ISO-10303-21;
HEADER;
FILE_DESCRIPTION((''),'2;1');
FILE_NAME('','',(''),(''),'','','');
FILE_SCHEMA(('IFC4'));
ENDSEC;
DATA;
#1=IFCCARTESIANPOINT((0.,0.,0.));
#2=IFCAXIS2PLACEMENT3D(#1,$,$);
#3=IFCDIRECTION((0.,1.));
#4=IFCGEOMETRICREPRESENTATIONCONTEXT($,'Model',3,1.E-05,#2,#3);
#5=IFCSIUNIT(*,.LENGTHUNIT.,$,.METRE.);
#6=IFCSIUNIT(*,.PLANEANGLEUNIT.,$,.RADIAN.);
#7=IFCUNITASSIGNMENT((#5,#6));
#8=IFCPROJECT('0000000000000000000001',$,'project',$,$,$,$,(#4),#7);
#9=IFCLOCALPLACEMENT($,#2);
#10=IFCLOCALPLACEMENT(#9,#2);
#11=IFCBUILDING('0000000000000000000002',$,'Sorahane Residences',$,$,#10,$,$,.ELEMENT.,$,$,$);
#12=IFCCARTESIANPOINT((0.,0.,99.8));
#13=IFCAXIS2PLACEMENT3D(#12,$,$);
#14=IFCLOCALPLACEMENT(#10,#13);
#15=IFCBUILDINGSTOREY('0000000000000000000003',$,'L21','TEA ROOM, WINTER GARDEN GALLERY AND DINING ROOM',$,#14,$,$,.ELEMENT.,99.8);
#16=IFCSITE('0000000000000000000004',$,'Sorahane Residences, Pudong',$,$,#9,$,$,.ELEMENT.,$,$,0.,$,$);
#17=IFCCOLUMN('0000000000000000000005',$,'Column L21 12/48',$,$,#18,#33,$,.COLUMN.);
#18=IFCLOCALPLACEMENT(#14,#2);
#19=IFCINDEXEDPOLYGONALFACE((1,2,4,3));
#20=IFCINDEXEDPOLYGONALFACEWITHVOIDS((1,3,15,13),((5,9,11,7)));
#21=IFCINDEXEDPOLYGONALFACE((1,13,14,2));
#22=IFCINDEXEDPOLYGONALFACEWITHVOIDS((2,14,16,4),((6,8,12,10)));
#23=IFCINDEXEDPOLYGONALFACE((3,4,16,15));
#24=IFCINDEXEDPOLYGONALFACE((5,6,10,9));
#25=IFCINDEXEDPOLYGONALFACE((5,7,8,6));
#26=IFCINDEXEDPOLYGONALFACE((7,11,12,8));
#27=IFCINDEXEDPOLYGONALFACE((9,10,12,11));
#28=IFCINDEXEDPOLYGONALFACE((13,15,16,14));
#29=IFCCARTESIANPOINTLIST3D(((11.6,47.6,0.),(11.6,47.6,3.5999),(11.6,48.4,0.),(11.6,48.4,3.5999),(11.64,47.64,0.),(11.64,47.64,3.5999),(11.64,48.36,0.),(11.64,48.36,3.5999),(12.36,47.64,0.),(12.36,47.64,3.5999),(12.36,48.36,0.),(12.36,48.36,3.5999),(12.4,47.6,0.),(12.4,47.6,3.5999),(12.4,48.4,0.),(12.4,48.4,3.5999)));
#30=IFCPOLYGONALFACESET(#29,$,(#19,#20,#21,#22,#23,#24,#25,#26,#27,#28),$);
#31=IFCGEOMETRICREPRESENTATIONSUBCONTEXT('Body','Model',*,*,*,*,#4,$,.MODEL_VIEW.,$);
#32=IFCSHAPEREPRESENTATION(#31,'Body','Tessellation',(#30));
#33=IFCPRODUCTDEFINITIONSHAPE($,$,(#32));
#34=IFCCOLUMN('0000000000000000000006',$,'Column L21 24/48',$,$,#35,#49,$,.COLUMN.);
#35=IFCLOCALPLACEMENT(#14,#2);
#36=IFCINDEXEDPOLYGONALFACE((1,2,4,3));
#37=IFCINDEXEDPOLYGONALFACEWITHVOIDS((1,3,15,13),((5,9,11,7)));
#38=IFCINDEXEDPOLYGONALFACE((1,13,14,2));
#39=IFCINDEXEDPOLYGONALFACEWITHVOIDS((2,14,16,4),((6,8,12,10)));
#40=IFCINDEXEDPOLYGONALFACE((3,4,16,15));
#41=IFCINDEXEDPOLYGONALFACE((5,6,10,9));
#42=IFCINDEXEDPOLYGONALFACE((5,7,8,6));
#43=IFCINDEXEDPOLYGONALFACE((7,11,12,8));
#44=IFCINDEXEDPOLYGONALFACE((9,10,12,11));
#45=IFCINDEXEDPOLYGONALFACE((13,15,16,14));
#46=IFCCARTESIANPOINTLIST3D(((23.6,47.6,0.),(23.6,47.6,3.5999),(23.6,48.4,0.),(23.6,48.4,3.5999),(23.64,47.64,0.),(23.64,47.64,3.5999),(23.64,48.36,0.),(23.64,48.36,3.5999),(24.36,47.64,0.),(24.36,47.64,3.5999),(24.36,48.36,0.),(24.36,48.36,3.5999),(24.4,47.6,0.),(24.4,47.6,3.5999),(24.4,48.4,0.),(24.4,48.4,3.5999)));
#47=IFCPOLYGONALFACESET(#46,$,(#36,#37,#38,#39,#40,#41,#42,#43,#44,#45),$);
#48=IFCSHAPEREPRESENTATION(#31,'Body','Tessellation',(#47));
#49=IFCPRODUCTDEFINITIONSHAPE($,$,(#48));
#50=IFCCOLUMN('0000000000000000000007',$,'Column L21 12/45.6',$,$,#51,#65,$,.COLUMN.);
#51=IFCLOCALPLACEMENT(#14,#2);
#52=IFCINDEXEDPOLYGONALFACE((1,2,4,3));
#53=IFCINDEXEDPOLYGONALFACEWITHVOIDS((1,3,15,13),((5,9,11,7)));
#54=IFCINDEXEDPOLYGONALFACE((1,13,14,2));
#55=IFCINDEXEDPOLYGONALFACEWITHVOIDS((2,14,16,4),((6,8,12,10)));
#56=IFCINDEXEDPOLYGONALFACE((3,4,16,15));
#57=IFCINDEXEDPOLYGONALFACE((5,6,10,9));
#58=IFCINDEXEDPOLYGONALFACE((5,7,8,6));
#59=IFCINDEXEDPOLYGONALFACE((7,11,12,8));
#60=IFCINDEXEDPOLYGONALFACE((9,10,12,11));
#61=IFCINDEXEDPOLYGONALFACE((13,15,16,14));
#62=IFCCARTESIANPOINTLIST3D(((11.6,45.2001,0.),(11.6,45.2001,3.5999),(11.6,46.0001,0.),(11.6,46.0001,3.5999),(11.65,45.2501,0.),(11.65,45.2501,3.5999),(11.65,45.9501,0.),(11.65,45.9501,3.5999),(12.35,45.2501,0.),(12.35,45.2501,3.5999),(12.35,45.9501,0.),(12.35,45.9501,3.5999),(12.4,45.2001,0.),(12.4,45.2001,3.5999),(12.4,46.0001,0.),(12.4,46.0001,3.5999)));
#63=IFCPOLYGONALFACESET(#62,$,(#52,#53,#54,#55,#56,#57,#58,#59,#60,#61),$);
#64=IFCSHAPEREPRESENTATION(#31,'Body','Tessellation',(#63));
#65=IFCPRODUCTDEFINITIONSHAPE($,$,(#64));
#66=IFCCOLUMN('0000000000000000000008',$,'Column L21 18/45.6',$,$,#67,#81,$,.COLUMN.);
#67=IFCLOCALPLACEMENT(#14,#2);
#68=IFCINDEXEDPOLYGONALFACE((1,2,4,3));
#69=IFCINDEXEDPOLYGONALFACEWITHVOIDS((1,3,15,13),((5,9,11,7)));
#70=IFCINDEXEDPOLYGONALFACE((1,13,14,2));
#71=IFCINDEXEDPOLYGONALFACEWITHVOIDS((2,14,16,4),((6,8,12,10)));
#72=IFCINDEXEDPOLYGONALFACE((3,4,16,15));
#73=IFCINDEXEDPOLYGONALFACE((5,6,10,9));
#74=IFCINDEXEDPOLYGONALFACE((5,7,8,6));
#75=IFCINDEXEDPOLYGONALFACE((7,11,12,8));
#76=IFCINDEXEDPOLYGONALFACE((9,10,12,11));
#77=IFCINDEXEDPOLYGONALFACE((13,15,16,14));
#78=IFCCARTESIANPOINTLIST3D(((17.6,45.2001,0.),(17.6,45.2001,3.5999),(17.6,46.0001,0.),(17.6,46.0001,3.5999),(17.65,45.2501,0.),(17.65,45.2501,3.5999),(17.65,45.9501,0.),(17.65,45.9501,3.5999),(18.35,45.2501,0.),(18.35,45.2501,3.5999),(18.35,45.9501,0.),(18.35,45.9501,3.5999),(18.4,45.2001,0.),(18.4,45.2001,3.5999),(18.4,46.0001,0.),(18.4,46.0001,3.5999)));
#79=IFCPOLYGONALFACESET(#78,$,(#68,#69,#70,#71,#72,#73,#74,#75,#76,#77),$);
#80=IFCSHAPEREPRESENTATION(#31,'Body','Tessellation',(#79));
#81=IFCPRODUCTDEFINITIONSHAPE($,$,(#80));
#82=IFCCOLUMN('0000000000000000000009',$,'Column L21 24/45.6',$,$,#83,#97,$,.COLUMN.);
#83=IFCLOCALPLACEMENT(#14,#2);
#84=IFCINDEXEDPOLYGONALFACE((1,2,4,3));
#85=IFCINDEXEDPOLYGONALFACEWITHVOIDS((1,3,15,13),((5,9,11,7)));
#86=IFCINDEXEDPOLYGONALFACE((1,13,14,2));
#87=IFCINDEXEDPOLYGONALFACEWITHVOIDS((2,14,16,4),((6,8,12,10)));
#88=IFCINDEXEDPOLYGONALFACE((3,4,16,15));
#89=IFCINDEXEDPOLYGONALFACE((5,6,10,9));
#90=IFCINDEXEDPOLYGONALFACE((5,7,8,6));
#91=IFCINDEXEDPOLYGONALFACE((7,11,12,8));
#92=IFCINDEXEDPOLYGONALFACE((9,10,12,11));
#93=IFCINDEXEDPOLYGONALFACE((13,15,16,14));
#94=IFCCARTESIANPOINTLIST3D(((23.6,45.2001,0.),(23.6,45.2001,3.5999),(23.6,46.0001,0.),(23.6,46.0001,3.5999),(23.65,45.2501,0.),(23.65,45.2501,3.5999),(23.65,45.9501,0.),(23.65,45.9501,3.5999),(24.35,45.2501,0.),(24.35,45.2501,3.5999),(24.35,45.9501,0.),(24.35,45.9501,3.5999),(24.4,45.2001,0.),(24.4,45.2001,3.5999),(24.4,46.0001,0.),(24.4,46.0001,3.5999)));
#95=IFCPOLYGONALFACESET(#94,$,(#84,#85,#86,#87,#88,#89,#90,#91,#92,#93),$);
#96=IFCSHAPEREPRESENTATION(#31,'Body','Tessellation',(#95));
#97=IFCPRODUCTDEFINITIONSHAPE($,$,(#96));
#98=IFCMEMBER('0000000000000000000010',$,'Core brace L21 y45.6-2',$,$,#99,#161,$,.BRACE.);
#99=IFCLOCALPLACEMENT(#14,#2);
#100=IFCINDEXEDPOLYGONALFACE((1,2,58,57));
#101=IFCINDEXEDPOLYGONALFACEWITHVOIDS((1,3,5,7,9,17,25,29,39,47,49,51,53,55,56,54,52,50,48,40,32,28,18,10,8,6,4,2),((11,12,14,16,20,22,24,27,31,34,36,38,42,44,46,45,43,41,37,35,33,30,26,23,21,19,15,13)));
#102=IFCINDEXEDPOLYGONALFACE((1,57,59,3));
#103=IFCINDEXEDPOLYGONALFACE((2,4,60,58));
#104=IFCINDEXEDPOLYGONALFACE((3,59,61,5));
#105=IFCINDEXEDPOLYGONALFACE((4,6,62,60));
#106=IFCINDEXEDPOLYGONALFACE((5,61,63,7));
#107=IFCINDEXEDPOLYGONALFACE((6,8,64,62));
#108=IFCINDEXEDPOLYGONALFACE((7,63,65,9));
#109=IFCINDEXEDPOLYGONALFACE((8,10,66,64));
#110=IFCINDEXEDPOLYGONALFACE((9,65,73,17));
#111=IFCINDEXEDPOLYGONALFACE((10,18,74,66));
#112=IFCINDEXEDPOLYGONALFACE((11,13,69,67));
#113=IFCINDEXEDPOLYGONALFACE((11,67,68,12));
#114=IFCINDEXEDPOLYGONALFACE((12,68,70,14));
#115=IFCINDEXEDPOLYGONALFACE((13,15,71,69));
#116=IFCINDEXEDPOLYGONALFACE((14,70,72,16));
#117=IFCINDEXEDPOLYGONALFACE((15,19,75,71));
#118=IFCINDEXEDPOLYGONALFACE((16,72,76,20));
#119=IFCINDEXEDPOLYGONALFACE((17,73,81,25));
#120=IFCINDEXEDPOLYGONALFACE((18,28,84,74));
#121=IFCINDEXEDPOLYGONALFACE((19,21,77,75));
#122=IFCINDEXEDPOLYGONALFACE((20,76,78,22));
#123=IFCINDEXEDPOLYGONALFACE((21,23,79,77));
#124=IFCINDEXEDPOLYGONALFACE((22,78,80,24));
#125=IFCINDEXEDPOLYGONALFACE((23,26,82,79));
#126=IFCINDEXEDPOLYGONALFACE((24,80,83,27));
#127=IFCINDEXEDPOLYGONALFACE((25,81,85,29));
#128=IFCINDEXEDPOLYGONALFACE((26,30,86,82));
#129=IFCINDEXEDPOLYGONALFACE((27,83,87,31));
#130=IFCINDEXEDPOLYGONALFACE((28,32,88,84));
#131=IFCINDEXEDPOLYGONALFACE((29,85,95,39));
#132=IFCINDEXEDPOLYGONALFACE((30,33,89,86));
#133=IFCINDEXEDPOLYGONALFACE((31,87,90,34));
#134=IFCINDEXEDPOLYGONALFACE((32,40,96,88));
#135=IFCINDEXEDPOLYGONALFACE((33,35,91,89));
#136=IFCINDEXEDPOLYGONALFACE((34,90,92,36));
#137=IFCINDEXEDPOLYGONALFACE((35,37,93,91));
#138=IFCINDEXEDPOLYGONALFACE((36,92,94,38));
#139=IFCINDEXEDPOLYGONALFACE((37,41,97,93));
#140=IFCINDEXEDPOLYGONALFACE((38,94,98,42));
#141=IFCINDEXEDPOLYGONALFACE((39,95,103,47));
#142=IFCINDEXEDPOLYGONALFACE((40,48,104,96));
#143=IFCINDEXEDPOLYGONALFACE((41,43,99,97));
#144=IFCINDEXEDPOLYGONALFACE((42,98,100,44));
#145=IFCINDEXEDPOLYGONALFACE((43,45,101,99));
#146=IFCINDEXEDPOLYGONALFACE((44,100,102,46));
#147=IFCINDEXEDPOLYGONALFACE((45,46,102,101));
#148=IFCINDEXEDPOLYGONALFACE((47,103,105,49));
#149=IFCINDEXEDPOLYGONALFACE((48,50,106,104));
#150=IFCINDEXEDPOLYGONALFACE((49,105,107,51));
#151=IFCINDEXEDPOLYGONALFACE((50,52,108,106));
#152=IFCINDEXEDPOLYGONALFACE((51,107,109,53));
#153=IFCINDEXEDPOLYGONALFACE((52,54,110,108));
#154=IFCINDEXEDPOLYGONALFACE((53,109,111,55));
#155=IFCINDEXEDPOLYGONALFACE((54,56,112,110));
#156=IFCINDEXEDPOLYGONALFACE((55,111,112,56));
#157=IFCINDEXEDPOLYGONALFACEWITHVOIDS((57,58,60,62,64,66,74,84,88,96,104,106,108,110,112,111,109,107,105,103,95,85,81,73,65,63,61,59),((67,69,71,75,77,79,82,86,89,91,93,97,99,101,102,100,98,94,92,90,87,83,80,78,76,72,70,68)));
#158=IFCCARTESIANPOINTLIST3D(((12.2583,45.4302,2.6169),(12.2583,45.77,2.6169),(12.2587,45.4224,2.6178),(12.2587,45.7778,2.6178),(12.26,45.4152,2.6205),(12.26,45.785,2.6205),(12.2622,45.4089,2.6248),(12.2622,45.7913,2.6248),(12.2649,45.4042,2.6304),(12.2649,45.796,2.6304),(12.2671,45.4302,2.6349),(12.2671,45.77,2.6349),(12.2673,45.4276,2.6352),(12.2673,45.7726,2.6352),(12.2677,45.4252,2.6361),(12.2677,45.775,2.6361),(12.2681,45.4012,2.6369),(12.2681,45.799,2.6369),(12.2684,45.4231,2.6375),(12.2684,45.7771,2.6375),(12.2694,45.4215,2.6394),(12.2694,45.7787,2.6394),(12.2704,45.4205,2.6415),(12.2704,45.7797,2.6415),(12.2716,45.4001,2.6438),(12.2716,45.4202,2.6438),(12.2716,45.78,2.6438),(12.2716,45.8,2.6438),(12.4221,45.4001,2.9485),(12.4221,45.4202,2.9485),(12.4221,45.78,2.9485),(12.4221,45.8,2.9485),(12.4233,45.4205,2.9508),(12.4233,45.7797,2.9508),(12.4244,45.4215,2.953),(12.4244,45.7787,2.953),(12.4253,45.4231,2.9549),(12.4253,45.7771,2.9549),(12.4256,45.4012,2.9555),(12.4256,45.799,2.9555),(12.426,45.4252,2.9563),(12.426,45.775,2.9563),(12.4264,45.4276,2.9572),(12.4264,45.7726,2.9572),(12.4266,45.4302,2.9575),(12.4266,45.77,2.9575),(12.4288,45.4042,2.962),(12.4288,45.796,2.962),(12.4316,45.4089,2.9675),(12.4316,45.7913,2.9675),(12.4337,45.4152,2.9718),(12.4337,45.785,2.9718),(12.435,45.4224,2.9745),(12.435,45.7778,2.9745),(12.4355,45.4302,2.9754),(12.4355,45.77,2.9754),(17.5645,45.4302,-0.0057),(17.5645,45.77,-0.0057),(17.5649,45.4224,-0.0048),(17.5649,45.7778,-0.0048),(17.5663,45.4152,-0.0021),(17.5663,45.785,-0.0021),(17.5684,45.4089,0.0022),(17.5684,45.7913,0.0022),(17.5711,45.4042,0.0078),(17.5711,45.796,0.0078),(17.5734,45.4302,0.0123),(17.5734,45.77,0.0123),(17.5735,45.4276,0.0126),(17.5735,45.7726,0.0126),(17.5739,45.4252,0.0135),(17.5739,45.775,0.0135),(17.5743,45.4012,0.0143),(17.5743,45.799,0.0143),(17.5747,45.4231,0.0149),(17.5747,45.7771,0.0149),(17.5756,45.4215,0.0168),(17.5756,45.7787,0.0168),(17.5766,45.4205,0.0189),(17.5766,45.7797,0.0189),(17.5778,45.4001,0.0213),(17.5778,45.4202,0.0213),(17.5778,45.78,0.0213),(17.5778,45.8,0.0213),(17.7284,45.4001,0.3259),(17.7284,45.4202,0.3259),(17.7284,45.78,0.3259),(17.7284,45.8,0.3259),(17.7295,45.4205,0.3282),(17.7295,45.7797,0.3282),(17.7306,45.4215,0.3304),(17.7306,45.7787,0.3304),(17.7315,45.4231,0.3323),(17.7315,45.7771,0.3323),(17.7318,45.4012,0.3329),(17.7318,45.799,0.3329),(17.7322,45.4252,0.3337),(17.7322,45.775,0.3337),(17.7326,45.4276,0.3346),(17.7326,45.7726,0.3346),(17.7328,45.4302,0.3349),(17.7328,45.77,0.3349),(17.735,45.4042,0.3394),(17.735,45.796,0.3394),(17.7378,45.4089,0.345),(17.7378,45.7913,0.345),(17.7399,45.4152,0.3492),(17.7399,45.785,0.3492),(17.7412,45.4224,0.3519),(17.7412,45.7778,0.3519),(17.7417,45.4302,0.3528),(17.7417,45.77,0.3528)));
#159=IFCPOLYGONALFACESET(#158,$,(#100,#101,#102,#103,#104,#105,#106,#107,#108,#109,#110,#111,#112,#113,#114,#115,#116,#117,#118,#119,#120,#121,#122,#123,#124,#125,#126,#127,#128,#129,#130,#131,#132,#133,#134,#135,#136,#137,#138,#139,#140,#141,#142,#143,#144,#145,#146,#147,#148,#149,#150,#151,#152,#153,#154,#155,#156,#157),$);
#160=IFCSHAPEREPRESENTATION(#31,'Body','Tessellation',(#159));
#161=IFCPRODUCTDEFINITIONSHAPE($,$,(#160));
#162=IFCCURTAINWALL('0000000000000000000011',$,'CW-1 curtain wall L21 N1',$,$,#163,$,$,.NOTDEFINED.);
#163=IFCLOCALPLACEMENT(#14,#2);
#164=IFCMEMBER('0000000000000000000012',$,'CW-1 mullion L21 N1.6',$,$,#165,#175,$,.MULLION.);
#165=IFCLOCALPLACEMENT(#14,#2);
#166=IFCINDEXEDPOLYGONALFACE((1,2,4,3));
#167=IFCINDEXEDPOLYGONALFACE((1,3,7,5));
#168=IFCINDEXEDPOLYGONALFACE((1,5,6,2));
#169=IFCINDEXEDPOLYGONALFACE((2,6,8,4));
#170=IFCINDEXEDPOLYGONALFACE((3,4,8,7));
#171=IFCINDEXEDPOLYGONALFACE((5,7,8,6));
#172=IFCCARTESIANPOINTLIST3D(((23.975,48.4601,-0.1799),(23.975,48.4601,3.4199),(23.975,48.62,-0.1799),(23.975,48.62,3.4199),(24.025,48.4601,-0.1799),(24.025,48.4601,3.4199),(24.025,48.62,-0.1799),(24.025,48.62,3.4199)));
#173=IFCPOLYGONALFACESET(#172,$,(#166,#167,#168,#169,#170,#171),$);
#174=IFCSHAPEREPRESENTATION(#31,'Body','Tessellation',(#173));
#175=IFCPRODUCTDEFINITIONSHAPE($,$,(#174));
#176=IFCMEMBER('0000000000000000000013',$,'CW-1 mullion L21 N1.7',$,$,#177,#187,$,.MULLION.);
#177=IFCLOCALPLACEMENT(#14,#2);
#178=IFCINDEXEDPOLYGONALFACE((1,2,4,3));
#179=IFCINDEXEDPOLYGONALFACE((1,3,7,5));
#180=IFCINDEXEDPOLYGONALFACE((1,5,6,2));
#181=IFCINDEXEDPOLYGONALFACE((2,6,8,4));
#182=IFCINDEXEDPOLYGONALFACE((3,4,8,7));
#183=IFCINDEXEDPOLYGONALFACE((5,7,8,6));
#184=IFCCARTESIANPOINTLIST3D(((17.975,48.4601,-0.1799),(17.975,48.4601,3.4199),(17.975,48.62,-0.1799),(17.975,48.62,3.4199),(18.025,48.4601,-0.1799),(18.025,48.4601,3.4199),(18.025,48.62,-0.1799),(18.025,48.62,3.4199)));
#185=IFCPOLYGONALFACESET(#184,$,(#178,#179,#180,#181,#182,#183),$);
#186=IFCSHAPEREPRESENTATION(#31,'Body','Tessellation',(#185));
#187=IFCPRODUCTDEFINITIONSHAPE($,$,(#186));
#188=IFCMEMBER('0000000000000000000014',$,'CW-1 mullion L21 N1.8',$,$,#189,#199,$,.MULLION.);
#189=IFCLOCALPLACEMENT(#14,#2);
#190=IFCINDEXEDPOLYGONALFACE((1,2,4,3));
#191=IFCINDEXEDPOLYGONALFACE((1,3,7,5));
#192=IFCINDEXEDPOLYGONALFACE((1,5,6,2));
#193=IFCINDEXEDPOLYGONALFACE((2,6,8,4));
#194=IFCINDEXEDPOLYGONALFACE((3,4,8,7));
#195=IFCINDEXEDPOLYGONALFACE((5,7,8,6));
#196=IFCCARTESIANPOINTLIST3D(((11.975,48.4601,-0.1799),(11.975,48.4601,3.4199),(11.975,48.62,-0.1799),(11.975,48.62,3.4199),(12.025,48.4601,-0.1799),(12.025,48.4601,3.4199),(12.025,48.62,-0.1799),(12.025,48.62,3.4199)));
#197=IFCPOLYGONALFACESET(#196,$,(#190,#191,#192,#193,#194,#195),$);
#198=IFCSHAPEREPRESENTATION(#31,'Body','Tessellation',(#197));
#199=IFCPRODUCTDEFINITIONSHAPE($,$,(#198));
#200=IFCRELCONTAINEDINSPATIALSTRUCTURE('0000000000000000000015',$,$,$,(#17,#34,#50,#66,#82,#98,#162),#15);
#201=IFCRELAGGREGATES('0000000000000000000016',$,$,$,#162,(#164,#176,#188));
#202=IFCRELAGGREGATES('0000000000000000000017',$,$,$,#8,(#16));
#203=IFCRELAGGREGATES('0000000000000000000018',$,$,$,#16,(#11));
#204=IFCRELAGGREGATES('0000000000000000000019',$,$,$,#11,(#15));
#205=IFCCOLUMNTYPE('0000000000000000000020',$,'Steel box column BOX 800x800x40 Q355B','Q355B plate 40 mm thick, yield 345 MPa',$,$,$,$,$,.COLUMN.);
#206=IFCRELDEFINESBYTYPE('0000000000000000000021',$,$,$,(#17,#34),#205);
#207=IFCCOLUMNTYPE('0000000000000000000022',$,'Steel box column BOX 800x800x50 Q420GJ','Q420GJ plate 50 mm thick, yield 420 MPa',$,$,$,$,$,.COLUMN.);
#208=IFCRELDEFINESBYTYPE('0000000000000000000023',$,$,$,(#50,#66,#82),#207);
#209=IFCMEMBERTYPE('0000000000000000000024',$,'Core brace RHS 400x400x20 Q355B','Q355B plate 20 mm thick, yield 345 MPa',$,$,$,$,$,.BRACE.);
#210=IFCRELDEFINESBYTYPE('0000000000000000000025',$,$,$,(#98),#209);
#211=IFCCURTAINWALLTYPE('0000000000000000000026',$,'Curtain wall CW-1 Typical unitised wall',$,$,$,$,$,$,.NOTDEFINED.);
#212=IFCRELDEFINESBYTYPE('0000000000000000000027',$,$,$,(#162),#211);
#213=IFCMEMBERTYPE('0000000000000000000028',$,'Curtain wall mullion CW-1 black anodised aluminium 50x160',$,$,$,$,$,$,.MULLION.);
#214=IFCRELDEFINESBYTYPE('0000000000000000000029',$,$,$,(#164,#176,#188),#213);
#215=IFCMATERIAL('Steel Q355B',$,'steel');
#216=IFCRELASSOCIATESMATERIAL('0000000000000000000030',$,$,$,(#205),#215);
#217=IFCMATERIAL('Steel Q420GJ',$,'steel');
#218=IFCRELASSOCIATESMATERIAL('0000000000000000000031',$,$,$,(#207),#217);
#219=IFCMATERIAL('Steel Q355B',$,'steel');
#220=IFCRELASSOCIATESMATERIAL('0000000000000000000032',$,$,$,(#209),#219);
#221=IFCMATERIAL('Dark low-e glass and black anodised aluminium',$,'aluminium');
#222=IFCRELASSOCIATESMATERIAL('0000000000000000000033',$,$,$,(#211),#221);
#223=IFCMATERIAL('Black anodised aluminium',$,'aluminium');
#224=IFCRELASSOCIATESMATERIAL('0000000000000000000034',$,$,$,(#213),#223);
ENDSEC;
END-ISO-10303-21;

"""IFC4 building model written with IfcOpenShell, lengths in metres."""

from ifc_helpers import new_model, si_unit, direction, frame, origin, origin_2d, place, context, subcontext, project, spatial, rectangle, hollow_rectangle, extrude, material, material_profile, profile_set, type_object, element, aggregate, save


model = new_model("IFC4")

# Units and contexts
model_context = context("Model", 3, precision=1e-05, world=origin(), true_north=direction((0.0, 1.0)))
body_context = subcontext(model_context, "Body", "Model", "MODEL_VIEW")
ifc_project = project(units=[si_unit("LENGTHUNIT", "METRE"), si_unit("PLANEANGLEUNIT", "RADIAN")], contexts=[model_context])

# Site, building, storey
site_placement = place(None, origin())
site = spatial("IfcSite", under=ifc_project, at=site_placement, Name="Sorahane Residences, Pudong", CompositionType="ELEMENT", RefElevation=0.0)
building_placement = place(site_placement, origin())
building = spatial("IfcBuilding", under=site, at=building_placement, Name="Sorahane Residences", CompositionType="ELEMENT")
storey_placement = place(building_placement, frame((0.0, 0.0, 99.8)))
storey = spatial("IfcBuildingStorey", under=building, at=storey_placement, Name="L21", Description="TEA ROOM, WINTER GARDEN GALLERY AND DINING ROOM", CompositionType="ELEMENT", Elevation=99.8)

# Columns
ifc_material_1 = material(Name="Steel Q355B", Category="steel")
ifc_material_profile_1 = material_profile(ifc_material_1, hollow_rectangle(XDim=0.8, YDim=0.8, WallThickness=0.04, at=origin_2d()), Name="BOX 800x800x40")
ifc_profile_set_1 = profile_set([ifc_material_profile_1], Name="Steel Q355B")
column_type_1 = type_object("IfcColumnType", Name="Steel box column BOX 800x800x40 Q355B", Description="Q355B plate 40 mm thick, yield 345 MPa", PredefinedType="COLUMN", material=ifc_profile_set_1)
for number, where, z_axis, x_axis, name in (
    (1, (12.0, 48.0, 0.0), (0.0, 0.0, 1.0), (1.0, 0.0, 0.0), "Column L21 12/48"),
    (2, (24.0, 48.0, 0.0), (0.0, 0.0, 1.0), (1.0, 0.0, 0.0), "Column L21 24/48"),
):
    element("IfcColumn", number, at=place(storey_placement, frame(where, z_axis=z_axis, x_axis=x_axis)), inside=storey, type_object=column_type_1, Name=name, PredefinedType="COLUMN", context=body_context, shape_type="SweptSolid", body=[
        extrude(hollow_rectangle(XDim=0.8, YDim=0.8, WallThickness=0.04, at=origin_2d()), origin(), (0.0, 0.0, 1.0), 3.5999),
    ])
ifc_material_2 = material(Name="Steel Q420GJ", Category="steel")
ifc_material_profile_2 = material_profile(ifc_material_2, hollow_rectangle(XDim=0.8, YDim=0.8, WallThickness=0.05, at=origin_2d()), Name="BOX 800x800x50")
ifc_profile_set_2 = profile_set([ifc_material_profile_2], Name="Steel Q420GJ")
column_type_2 = type_object("IfcColumnType", Name="Steel box column BOX 800x800x50 Q420GJ", Description="Q420GJ plate 50 mm thick, yield 420 MPa", PredefinedType="COLUMN", material=ifc_profile_set_2)
for number, where, z_axis, x_axis, name in (
    (3, (12.0, 45.6001, 0.0), (0.0, 0.0, 1.0), (1.0, 0.0, 0.0), "Column L21 12/45.6"),
    (4, (18.0, 45.6001, 0.0), (0.0, 0.0, 1.0), (1.0, 0.0, 0.0), "Column L21 18/45.6"),
    (5, (24.0, 45.6001, 0.0), (0.0, 0.0, 1.0), (1.0, 0.0, 0.0), "Column L21 24/45.6"),
):
    element("IfcColumn", number, at=place(storey_placement, frame(where, z_axis=z_axis, x_axis=x_axis)), inside=storey, type_object=column_type_2, Name=name, PredefinedType="COLUMN", context=body_context, shape_type="SweptSolid", body=[
        extrude(hollow_rectangle(XDim=0.8, YDim=0.8, WallThickness=0.05, at=origin_2d()), origin(), (0.0, 0.0, 1.0), 3.5999),
    ])

# Member
ifc_material_3 = material(Name="Steel Q355B", Category="steel")
ifc_material_profile_3 = material_profile(ifc_material_3, hollow_rectangle(XDim=0.3999, YDim=0.3999, WallThickness=0.02, InnerFilletRadius=0.01, OuterFilletRadius=0.03, at=origin_2d()), Name="RHS 400x400x20")
ifc_profile_set_3 = profile_set([ifc_material_profile_3], Name="Steel Q355B")
member_type_1 = type_object("IfcMemberType", Name="Core brace RHS 400x400x20 Q355B", Description="Q355B plate 20 mm thick, yield 345 MPa", PredefinedType="BRACE", material=ifc_profile_set_3)
member_1_placement = place(storey_placement, frame((17.6531, 45.6001, 0.1736), z_axis=(-0.89648, 0.0, 0.443084), x_axis=(0.0, -1.0, 0.0)))
element("IfcMember", 6, at=member_1_placement, inside=storey, type_object=member_type_1, Name="Core brace L21 y45.6-2", PredefinedType="BRACE", context=body_context, shape_type="SweptSolid", body=[
    extrude(hollow_rectangle(XDim=0.3999, YDim=0.3999, WallThickness=0.02, InnerFilletRadius=0.01, OuterFilletRadius=0.03, at=origin_2d()), origin(), (0.0, 0.0, 1.0), 5.9189),
])

# Curtain wall, members
ifc_material_4 = material(Name="Dark low-e glass and black anodised aluminium", Category="aluminium")
curtain_wall_type = type_object("IfcCurtainWallType", Name="Curtain wall CW-1 Typical unitised wall", PredefinedType="NOTDEFINED", material=ifc_material_4)
curtain_wall_placement = place(storey_placement, origin())
curtain_wall = element("IfcCurtainWall", 7, at=curtain_wall_placement, inside=storey, type_object=curtain_wall_type, Name="CW-1 curtain wall L21 N1", PredefinedType="NOTDEFINED")
ifc_material_5 = material(Name="Black anodised aluminium", Category="aluminium")
ifc_material_profile_4 = material_profile(ifc_material_5, rectangle(XDim=0.1599, YDim=0.05, at=origin_2d()), Name="Curtain wall mullion CW-1 black anodised aluminium 50x160")
ifc_profile_set_4 = profile_set([ifc_material_profile_4], Name="Black anodised aluminium")
member_type_2 = type_object("IfcMemberType", Name="Curtain wall mullion CW-1 black anodised aluminium 50x160", PredefinedType="MULLION", material=ifc_profile_set_4)
member_2_placement = place(storey_placement, frame((24.0, 48.54, -0.1799), z_axis=(0.0, 0.0, 1.0), x_axis=(0.0, 1.0, 0.0)))
member_2 = element("IfcMember", 8, at=member_2_placement, type_object=member_type_2, Name="CW-1 mullion L21 N1.6", PredefinedType="MULLION", context=body_context, shape_type="SweptSolid", body=[
    extrude(rectangle(XDim=0.1599, YDim=0.05, at=origin_2d()), origin(), (0.0, 0.0, 1.0), 3.5999),
])
member_3_placement = place(storey_placement, frame((18.0, 48.54, -0.1799), z_axis=(0.0, 0.0, 1.0), x_axis=(0.0, 1.0, 0.0)))
member_3 = element("IfcMember", 9, at=member_3_placement, type_object=member_type_2, Name="CW-1 mullion L21 N1.7", PredefinedType="MULLION", context=body_context, shape_type="SweptSolid", body=[
    extrude(rectangle(XDim=0.1599, YDim=0.05, at=origin_2d()), origin(), (0.0, 0.0, 1.0), 3.5999),
])
member_4_placement = place(storey_placement, frame((12.0, 48.54, -0.1799), z_axis=(0.0, 0.0, 1.0), x_axis=(0.0, 1.0, 0.0)))
member_4 = element("IfcMember", 10, at=member_4_placement, type_object=member_type_2, Name="CW-1 mullion L21 N1.8", PredefinedType="MULLION", context=body_context, shape_type="SweptSolid", body=[
    extrude(rectangle(XDim=0.1599, YDim=0.05, at=origin_2d()), origin(), (0.0, 0.0, 1.0), 3.5999),
])

aggregate(curtain_wall, [member_2, member_3, member_4])

save(model, "model.ifc")
